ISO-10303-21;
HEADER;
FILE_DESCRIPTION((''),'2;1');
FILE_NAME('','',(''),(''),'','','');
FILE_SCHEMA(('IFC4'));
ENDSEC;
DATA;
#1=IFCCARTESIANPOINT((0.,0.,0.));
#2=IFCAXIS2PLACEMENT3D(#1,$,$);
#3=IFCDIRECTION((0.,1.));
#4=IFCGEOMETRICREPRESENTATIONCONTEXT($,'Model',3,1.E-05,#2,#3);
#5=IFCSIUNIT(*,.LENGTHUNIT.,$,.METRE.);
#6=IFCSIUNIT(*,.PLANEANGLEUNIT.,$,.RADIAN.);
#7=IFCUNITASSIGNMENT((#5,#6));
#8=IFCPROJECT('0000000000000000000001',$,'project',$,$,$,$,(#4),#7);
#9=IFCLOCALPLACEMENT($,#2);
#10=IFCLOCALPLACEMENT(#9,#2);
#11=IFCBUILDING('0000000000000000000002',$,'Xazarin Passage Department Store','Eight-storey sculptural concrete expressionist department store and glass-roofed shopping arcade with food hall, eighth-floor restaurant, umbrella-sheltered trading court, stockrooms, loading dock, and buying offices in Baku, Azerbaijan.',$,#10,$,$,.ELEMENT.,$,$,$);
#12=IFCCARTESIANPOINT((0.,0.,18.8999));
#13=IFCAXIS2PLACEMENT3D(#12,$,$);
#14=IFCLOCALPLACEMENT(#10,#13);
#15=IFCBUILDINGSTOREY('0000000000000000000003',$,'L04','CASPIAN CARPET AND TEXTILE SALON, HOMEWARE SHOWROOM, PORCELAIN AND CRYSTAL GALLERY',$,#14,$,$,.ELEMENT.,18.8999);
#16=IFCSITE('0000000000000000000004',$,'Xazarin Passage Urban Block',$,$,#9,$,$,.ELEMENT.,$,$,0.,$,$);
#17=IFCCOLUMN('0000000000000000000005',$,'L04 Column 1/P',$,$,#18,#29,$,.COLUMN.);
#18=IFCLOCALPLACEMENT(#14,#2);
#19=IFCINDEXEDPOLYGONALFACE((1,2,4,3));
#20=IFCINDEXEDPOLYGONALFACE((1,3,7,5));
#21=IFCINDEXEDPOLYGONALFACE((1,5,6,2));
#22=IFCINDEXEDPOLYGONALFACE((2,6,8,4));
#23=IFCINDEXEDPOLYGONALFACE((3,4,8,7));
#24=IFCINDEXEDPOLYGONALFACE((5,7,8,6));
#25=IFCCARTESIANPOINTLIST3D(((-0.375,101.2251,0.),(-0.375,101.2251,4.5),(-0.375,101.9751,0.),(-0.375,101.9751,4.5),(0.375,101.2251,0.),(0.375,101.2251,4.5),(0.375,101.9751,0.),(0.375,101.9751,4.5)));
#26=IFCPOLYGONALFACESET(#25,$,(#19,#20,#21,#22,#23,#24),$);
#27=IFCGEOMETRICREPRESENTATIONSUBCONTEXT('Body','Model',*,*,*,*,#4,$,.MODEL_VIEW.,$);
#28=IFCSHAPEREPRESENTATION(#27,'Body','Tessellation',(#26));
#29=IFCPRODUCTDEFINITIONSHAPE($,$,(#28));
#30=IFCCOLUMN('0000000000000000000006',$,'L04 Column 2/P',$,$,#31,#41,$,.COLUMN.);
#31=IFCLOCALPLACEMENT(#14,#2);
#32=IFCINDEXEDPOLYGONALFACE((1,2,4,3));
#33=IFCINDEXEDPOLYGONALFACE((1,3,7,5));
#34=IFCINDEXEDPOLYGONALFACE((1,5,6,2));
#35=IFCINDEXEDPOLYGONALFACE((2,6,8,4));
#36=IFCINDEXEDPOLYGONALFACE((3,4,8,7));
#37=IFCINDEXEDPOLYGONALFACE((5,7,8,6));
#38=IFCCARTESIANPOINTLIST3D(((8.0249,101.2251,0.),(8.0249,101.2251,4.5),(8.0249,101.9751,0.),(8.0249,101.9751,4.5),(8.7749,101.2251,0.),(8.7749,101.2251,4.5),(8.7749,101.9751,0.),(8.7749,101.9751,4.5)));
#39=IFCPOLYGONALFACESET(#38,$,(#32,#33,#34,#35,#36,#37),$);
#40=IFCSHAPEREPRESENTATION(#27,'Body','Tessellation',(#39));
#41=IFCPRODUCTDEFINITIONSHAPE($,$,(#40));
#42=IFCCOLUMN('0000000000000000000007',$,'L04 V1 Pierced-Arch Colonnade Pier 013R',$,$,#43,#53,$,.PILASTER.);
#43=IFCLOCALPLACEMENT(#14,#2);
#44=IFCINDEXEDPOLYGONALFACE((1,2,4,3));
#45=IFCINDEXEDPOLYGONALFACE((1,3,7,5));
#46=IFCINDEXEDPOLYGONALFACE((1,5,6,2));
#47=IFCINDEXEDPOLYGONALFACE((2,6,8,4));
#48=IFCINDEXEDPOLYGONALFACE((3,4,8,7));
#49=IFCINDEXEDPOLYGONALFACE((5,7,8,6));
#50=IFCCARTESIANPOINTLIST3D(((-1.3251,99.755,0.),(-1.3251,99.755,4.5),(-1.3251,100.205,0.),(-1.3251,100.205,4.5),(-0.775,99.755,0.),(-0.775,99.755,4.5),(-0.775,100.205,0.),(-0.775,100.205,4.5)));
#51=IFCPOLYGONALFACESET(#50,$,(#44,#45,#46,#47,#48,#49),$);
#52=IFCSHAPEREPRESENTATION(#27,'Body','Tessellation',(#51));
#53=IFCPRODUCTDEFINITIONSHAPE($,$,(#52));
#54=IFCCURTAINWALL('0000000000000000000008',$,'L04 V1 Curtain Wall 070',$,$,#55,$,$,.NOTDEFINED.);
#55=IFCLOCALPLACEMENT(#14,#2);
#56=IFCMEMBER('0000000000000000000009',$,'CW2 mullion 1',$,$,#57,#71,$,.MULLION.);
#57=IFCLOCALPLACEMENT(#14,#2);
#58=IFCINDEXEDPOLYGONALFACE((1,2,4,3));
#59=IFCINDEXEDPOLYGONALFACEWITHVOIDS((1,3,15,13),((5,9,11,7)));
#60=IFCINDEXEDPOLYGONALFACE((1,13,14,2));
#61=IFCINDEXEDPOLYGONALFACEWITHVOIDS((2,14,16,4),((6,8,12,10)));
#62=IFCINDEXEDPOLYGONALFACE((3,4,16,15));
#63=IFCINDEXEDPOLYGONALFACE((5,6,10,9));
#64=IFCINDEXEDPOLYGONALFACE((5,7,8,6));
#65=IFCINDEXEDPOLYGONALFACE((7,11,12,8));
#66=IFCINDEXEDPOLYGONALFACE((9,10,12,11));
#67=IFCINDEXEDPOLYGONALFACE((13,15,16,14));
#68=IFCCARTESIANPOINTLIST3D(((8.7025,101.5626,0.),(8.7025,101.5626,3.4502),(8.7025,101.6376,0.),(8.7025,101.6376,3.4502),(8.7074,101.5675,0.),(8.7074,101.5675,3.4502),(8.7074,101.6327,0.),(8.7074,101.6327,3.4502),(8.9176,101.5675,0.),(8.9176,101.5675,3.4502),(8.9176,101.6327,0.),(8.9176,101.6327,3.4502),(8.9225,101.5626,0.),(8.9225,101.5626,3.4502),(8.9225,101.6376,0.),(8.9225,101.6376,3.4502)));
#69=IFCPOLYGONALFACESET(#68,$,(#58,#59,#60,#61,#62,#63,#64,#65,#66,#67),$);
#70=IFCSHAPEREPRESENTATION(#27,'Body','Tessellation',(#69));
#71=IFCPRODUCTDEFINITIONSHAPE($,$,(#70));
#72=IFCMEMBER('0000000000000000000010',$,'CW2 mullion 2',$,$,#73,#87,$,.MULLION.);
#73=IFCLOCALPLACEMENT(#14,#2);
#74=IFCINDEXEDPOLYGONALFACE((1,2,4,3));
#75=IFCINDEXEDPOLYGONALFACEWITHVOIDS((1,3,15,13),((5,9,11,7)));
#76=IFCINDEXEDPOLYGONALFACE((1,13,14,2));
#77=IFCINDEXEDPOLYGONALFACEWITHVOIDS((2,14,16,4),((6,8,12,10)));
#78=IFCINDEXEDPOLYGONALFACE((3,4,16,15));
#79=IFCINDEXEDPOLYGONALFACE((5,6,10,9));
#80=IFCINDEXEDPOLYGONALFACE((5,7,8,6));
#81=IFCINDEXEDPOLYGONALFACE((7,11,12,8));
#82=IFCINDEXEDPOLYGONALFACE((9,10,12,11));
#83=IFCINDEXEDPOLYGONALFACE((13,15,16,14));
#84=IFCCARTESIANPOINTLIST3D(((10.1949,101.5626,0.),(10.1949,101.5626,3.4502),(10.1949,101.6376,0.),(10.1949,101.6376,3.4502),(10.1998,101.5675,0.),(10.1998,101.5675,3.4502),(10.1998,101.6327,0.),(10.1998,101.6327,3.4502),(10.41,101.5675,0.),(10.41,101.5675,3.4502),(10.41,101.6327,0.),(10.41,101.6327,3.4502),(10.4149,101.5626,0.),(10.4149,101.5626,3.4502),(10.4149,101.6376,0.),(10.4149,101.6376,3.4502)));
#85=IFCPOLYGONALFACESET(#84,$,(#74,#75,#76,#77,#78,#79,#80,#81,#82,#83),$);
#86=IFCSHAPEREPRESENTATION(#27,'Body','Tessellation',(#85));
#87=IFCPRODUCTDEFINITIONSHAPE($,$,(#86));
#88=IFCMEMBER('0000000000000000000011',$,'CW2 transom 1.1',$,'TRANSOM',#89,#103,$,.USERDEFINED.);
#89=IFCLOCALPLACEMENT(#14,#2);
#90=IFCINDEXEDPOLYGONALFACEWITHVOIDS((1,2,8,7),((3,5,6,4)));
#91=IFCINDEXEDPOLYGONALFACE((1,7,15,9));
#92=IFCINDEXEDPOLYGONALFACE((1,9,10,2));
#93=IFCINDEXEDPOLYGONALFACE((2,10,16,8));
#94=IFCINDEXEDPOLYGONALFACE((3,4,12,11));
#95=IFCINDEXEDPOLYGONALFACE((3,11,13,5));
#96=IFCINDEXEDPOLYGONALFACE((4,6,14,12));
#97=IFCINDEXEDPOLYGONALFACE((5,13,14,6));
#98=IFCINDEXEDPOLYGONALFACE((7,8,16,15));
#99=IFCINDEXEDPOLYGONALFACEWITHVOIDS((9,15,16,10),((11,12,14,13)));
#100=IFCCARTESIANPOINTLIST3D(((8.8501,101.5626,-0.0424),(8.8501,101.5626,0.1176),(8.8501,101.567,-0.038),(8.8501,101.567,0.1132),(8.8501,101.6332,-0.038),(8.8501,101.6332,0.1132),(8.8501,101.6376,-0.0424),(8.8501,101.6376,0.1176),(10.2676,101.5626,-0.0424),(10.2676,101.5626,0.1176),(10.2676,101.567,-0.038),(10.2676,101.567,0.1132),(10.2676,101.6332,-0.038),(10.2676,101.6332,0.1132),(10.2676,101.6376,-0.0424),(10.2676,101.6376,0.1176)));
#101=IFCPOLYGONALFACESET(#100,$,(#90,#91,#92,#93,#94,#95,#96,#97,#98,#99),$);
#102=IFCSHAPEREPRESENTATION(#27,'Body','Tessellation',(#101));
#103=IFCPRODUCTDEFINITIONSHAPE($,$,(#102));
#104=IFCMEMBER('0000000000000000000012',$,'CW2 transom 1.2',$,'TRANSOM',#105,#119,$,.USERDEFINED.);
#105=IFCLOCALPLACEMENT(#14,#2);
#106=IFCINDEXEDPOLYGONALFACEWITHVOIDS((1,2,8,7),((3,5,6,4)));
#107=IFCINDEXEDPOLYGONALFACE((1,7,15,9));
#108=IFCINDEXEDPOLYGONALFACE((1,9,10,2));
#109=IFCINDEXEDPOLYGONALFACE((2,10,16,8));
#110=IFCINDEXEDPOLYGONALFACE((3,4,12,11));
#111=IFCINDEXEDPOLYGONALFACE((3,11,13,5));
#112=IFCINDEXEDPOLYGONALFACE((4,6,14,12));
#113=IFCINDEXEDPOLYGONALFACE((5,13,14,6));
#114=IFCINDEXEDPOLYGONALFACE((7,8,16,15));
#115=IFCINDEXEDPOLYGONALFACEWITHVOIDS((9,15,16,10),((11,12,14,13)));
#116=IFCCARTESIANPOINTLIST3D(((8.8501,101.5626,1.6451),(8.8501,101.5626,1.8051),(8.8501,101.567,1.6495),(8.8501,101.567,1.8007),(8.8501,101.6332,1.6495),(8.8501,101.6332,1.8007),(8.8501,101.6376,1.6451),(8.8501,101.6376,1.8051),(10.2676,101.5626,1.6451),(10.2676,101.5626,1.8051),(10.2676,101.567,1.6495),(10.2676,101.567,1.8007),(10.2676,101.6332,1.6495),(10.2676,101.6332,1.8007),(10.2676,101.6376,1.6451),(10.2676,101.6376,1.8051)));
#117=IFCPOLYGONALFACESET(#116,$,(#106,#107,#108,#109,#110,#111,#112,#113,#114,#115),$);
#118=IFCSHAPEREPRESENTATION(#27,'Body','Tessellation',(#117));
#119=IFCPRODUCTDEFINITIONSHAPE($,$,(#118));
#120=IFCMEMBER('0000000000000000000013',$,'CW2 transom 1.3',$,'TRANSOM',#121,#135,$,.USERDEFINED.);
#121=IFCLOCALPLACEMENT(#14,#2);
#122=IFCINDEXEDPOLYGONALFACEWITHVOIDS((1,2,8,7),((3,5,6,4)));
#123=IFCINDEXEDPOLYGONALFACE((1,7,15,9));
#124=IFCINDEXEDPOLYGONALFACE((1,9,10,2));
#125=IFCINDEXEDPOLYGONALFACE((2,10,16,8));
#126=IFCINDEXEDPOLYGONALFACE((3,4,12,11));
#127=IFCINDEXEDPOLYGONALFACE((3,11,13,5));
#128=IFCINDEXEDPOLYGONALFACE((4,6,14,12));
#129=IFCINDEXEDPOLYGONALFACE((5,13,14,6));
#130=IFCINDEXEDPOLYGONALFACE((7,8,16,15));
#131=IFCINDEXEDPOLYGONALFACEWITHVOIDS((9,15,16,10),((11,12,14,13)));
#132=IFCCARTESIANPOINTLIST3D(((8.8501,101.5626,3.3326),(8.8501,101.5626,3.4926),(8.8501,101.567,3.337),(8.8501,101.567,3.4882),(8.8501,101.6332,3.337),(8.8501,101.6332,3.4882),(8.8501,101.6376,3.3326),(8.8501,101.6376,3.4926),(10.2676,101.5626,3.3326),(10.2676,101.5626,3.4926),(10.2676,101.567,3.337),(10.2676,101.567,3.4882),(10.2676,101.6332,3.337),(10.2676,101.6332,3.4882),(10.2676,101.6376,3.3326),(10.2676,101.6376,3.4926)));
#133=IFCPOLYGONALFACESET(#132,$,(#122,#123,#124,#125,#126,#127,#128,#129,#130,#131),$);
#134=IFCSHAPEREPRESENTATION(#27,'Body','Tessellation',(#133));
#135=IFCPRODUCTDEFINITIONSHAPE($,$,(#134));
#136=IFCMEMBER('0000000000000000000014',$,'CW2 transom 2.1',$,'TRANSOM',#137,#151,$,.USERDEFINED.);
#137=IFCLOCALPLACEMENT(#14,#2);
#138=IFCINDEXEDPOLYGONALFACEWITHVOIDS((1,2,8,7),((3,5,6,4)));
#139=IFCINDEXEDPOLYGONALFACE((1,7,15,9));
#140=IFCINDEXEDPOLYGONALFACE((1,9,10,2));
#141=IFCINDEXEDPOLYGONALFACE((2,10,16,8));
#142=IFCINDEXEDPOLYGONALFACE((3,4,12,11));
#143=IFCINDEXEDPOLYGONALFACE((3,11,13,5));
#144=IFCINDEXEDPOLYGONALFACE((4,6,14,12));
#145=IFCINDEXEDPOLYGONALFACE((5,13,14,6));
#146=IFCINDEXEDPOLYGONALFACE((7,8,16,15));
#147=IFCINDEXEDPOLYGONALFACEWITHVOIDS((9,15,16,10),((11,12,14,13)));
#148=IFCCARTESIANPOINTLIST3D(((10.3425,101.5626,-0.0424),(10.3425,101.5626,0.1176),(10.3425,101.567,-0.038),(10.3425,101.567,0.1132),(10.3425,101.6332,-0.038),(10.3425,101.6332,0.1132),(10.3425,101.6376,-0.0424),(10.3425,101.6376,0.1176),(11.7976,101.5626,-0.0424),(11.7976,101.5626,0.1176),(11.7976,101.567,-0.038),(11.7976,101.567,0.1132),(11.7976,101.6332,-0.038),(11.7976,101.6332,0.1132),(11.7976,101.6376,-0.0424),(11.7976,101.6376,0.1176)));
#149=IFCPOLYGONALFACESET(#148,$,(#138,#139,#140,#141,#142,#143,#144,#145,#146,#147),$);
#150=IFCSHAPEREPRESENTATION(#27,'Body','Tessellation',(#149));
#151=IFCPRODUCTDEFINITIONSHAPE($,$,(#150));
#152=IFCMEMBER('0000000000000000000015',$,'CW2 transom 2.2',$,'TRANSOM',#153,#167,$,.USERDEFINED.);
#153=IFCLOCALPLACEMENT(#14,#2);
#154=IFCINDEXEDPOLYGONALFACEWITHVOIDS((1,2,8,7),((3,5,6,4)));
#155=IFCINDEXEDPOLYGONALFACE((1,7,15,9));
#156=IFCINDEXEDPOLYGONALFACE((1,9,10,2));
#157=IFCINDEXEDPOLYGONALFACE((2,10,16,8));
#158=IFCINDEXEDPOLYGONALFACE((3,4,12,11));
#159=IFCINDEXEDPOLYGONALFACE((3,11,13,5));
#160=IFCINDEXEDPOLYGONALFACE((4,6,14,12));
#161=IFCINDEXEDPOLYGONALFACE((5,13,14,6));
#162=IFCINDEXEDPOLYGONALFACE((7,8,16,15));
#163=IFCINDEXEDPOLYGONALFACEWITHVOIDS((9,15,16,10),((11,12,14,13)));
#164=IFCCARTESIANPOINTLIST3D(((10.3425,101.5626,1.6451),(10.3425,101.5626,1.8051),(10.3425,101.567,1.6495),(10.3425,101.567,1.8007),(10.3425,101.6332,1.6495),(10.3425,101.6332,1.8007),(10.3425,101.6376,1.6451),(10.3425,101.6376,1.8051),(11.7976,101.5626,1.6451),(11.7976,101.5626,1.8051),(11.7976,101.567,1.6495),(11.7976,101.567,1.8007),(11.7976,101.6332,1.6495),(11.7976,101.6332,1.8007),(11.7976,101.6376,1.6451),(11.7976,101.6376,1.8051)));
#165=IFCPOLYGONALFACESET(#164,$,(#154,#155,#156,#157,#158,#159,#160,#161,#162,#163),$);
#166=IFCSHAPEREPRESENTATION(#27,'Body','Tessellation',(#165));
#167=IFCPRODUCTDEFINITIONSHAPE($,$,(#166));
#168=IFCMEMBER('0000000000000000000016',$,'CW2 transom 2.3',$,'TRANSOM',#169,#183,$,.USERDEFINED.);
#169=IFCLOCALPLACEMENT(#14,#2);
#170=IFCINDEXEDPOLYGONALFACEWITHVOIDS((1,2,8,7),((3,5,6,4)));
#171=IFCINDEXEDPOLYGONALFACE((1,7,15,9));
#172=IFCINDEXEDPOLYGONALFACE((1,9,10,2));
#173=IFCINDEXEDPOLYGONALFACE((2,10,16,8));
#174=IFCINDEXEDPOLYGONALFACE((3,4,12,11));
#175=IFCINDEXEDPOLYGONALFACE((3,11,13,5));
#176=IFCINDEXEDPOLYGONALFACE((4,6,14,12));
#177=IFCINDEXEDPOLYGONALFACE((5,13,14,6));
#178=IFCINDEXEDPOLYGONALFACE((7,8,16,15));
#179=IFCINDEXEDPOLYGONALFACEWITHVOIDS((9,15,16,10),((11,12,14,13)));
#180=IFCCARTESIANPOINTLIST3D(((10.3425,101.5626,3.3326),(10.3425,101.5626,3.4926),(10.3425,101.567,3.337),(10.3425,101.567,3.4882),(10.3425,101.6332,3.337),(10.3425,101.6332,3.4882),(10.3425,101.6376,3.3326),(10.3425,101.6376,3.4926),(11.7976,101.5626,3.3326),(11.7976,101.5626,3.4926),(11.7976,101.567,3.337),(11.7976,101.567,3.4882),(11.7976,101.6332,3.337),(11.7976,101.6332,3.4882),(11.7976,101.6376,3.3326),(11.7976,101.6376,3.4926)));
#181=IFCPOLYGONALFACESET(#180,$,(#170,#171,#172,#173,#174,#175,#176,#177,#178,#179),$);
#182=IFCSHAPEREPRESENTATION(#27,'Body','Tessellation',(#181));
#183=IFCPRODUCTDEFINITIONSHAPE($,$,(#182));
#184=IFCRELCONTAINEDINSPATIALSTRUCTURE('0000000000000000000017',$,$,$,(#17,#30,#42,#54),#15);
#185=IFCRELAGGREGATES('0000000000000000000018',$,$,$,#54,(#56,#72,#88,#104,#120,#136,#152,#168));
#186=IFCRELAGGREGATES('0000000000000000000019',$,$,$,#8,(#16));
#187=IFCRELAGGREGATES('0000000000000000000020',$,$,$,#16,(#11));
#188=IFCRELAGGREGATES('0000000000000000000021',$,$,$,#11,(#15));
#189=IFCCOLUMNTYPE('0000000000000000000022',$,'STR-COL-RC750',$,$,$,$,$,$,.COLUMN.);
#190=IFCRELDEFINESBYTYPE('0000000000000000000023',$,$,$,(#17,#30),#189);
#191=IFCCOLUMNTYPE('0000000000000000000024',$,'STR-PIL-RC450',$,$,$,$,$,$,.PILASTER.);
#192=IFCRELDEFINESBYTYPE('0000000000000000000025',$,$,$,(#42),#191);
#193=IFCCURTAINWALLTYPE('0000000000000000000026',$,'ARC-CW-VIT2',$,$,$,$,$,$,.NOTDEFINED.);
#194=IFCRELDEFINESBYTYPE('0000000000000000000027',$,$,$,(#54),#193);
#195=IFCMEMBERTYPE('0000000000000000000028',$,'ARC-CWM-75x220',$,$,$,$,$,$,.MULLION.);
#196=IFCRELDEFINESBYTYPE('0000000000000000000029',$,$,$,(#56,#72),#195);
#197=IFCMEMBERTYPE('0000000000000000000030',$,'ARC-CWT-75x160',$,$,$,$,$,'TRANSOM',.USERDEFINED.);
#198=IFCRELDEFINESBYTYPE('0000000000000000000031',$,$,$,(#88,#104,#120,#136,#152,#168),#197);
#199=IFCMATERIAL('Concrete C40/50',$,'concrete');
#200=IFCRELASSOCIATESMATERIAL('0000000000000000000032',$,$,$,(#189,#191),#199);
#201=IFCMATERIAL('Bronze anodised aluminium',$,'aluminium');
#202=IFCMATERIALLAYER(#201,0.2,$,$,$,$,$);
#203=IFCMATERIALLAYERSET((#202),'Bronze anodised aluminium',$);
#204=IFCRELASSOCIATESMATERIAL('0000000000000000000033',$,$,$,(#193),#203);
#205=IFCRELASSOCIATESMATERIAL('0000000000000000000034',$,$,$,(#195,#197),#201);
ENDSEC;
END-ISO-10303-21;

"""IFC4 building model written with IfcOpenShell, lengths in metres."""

from ifc_helpers import new_model, si_unit, direction, frame, origin, origin_2d, place, context, subcontext, project, spatial, rectangle, hollow_rectangle, extrude, material, layer, layer_set, material_profile, profile_set, type_object, element, aggregate, save


model = new_model("IFC4")

# Units and contexts
model_context = context("Model", 3, precision=1e-05, world=origin(), true_north=direction((0.0, 1.0)))
body_context = subcontext(model_context, "Body", "Model", "MODEL_VIEW")
ifc_project = project(units=[si_unit("LENGTHUNIT", "METRE"), si_unit("PLANEANGLEUNIT", "RADIAN")], contexts=[model_context])

# Site, building, storey
site_placement = place(None, origin())
site = spatial("IfcSite", under=ifc_project, at=site_placement, Name="Xazarin Passage Urban Block", CompositionType="ELEMENT", RefElevation=0.0)
building_placement = place(site_placement, origin())
building = spatial("IfcBuilding", under=site, at=building_placement, Name="Xazarin Passage Department Store", Description="Eight-storey sculptural concrete expressionist department store and glass-roofed shopping arcade with food hall, eighth-floor restaurant, umbrella-sheltered trading court, stockrooms, loading dock, and buying offices in Baku, Azerbaijan.", CompositionType="ELEMENT")
storey_placement = place(building_placement, frame((0.0, 0.0, 18.8999)))
storey = spatial("IfcBuildingStorey", under=building, at=storey_placement, Name="L04", Description="CASPIAN CARPET AND TEXTILE SALON, HOMEWARE SHOWROOM, PORCELAIN AND CRYSTAL GALLERY", CompositionType="ELEMENT", Elevation=18.8999)

# Columns
ifc_material_1 = material(Name="Concrete C40/50", Category="concrete")
ifc_material_profile_1 = material_profile(ifc_material_1, rectangle(XDim=0.75, YDim=0.75, at=origin_2d()), Name="RC 750x750")
ifc_profile_set_1 = profile_set([ifc_material_profile_1], Name="Concrete C40/50")
column_type_1 = type_object("IfcColumnType", Name="STR-COL-RC750", PredefinedType="COLUMN", material=ifc_profile_set_1)
for number, where, z_axis, x_axis, name in (
    (1, (0.0, 101.6001, 0.0), (0.0, 0.0, 1.0), (1.0, 0.0, 0.0), "L04 Column 1/P"),
    (2, (8.3999, 101.6001, 0.0), (0.0, 0.0, 1.0), (1.0, 0.0, 0.0), "L04 Column 2/P"),
):
    element("IfcColumn", number, at=place(storey_placement, frame(where, z_axis=z_axis, x_axis=x_axis)), inside=storey, type_object=column_type_1, Name=name, PredefinedType="COLUMN", context=body_context, shape_type="SweptSolid", body=[
        extrude(rectangle(XDim=0.75, YDim=0.75, at=origin_2d()), origin(), (0.0, 0.0, 1.0), 4.5),
    ])
ifc_material_profile_2 = material_profile(ifc_material_1, rectangle(XDim=0.45, YDim=0.55, at=origin_2d()), Name="RC 450x550")
ifc_profile_set_2 = profile_set([ifc_material_profile_2], Name="Concrete C40/50")
column_type_2 = type_object("IfcColumnType", Name="STR-PIL-RC450", PredefinedType="PILASTER", material=ifc_profile_set_2)
column_placement = place(storey_placement, frame((-1.05, 99.98, 0.0), z_axis=(0.0, 0.0, 1.0), x_axis=(0.0, 1.0, 0.0)))
element("IfcColumn", 3, at=column_placement, inside=storey, type_object=column_type_2, Name="L04 V1 Pierced-Arch Colonnade Pier 013R", PredefinedType="PILASTER", context=body_context, shape_type="SweptSolid", body=[
    extrude(rectangle(XDim=0.45, YDim=0.55, at=origin_2d()), origin(), (0.0, 0.0, 1.0), 4.5),
])

# Curtain wall, members
ifc_material_2 = material(Name="Bronze anodised aluminium", Category="aluminium")
ifc_layer_1 = layer(ifc_material_2, 0.2)
ifc_layer_set_1 = layer_set([ifc_layer_1], Name="Bronze anodised aluminium")
curtain_wall_type = type_object("IfcCurtainWallType", Name="ARC-CW-VIT2", PredefinedType="NOTDEFINED", material=ifc_layer_set_1)
curtain_wall_placement = place(storey_placement, origin())
curtain_wall = element("IfcCurtainWall", 4, at=curtain_wall_placement, inside=storey, type_object=curtain_wall_type, Name="L04 V1 Curtain Wall 070", PredefinedType="NOTDEFINED")
ifc_material_profile_3 = material_profile(ifc_material_2, hollow_rectangle(XDim=0.075, YDim=0.22, WallThickness=0.0049, at=origin_2d()), Name="ALU 75x220")
ifc_profile_set_3 = profile_set([ifc_material_profile_3], Name="Bronze anodised aluminium")
member_type_1 = type_object("IfcMemberType", Name="ARC-CWM-75x220", PredefinedType="MULLION", material=ifc_profile_set_3)
member_1_placement = place(storey_placement, frame((8.8125, 101.6001, 0.0), z_axis=(0.0, 0.0, 1.0), x_axis=(0.0, 1.0, 0.0)))
member_1 = element("IfcMember", 5, at=member_1_placement, type_object=member_type_1, Name="CW2 mullion 1", PredefinedType="MULLION", context=body_context, shape_type="SweptSolid", body=[
    extrude(hollow_rectangle(XDim=0.075, YDim=0.22, WallThickness=0.0049, at=origin_2d()), origin(), (0.0, 0.0, 1.0), 3.4502),
])
member_2_placement = place(storey_placement, frame((10.3049, 101.6001, 0.0), z_axis=(0.0, 0.0, 1.0), x_axis=(0.0, 1.0, 0.0)))
member_2 = element("IfcMember", 6, at=member_2_placement, type_object=member_type_1, Name="CW2 mullion 2", PredefinedType="MULLION", context=body_context, shape_type="SweptSolid", body=[
    extrude(hollow_rectangle(XDim=0.075, YDim=0.22, WallThickness=0.0049, at=origin_2d()), origin(), (0.0, 0.0, 1.0), 3.4502),
])
ifc_material_profile_4 = material_profile(ifc_material_2, hollow_rectangle(XDim=0.075, YDim=0.1599, WallThickness=0.0044, at=origin_2d()), Name="ALU 75x160")
ifc_profile_set_4 = profile_set([ifc_material_profile_4], Name="Bronze anodised aluminium")
member_type_2 = type_object("IfcMemberType", Name="ARC-CWT-75x160", ElementType="TRANSOM", PredefinedType="USERDEFINED", material=ifc_profile_set_4)
member_3_placement = place(storey_placement, frame((8.8501, 101.6001, 0.0376), z_axis=(1.0, 0.0, 0.0), x_axis=(0.0, 1.0, 0.0)))
member_3 = element("IfcMember", 7, at=member_3_placement, type_object=member_type_2, Name="CW2 transom 1.1", ObjectType="TRANSOM", PredefinedType="USERDEFINED", context=body_context, shape_type="SweptSolid", body=[
    extrude(hollow_rectangle(XDim=0.075, YDim=0.1599, WallThickness=0.0044, at=origin_2d()), origin(), (0.0, 0.0, 1.0), 1.4175),
])
member_4_placement = place(storey_placement, frame((8.8501, 101.6001, 1.7251), z_axis=(1.0, 0.0, 0.0), x_axis=(0.0, 1.0, 0.0)))
member_4 = element("IfcMember", 8, at=member_4_placement, type_object=member_type_2, Name="CW2 transom 1.2", ObjectType="TRANSOM", PredefinedType="USERDEFINED", context=body_context, shape_type="SweptSolid", body=[
    extrude(hollow_rectangle(XDim=0.075, YDim=0.1599, WallThickness=0.0044, at=origin_2d()), origin(), (0.0, 0.0, 1.0), 1.4175),
])
member_5_placement = place(storey_placement, frame((8.8501, 101.6001, 3.4126), z_axis=(1.0, 0.0, 0.0), x_axis=(0.0, 1.0, 0.0)))
member_5 = element("IfcMember", 9, at=member_5_placement, type_object=member_type_2, Name="CW2 transom 1.3", ObjectType="TRANSOM", PredefinedType="USERDEFINED", context=body_context, shape_type="SweptSolid", body=[
    extrude(hollow_rectangle(XDim=0.075, YDim=0.1599, WallThickness=0.0044, at=origin_2d()), origin(), (0.0, 0.0, 1.0), 1.4175),
])
member_6_placement = place(storey_placement, frame((10.3425, 101.6001, 0.0376), z_axis=(1.0, 0.0, 0.0), x_axis=(0.0, 1.0, 0.0)))
member_6 = element("IfcMember", 10, at=member_6_placement, type_object=member_type_2, Name="CW2 transom 2.1", ObjectType="TRANSOM", PredefinedType="USERDEFINED", context=body_context, shape_type="SweptSolid", body=[
    extrude(hollow_rectangle(XDim=0.075, YDim=0.1599, WallThickness=0.0044, at=origin_2d()), origin(), (0.0, 0.0, 1.0), 1.4551),
])
member_7_placement = place(storey_placement, frame((10.3425, 101.6001, 1.7251), z_axis=(1.0, 0.0, 0.0), x_axis=(0.0, 1.0, 0.0)))
member_7 = element("IfcMember", 11, at=member_7_placement, type_object=member_type_2, Name="CW2 transom 2.2", ObjectType="TRANSOM", PredefinedType="USERDEFINED", context=body_context, shape_type="SweptSolid", body=[
    extrude(hollow_rectangle(XDim=0.075, YDim=0.1599, WallThickness=0.0044, at=origin_2d()), origin(), (0.0, 0.0, 1.0), 1.4551),
])
member_8_placement = place(storey_placement, frame((10.3425, 101.6001, 3.4126), z_axis=(1.0, 0.0, 0.0), x_axis=(0.0, 1.0, 0.0)))
member_8 = element("IfcMember", 12, at=member_8_placement, type_object=member_type_2, Name="CW2 transom 2.3", ObjectType="TRANSOM", PredefinedType="USERDEFINED", context=body_context, shape_type="SweptSolid", body=[
    extrude(hollow_rectangle(XDim=0.075, YDim=0.1599, WallThickness=0.0044, at=origin_2d()), origin(), (0.0, 0.0, 1.0), 1.4551),
])

aggregate(curtain_wall, [member_1, member_2, member_3, member_4, member_5, member_6, member_7, member_8])

save(model, "model.ifc")
